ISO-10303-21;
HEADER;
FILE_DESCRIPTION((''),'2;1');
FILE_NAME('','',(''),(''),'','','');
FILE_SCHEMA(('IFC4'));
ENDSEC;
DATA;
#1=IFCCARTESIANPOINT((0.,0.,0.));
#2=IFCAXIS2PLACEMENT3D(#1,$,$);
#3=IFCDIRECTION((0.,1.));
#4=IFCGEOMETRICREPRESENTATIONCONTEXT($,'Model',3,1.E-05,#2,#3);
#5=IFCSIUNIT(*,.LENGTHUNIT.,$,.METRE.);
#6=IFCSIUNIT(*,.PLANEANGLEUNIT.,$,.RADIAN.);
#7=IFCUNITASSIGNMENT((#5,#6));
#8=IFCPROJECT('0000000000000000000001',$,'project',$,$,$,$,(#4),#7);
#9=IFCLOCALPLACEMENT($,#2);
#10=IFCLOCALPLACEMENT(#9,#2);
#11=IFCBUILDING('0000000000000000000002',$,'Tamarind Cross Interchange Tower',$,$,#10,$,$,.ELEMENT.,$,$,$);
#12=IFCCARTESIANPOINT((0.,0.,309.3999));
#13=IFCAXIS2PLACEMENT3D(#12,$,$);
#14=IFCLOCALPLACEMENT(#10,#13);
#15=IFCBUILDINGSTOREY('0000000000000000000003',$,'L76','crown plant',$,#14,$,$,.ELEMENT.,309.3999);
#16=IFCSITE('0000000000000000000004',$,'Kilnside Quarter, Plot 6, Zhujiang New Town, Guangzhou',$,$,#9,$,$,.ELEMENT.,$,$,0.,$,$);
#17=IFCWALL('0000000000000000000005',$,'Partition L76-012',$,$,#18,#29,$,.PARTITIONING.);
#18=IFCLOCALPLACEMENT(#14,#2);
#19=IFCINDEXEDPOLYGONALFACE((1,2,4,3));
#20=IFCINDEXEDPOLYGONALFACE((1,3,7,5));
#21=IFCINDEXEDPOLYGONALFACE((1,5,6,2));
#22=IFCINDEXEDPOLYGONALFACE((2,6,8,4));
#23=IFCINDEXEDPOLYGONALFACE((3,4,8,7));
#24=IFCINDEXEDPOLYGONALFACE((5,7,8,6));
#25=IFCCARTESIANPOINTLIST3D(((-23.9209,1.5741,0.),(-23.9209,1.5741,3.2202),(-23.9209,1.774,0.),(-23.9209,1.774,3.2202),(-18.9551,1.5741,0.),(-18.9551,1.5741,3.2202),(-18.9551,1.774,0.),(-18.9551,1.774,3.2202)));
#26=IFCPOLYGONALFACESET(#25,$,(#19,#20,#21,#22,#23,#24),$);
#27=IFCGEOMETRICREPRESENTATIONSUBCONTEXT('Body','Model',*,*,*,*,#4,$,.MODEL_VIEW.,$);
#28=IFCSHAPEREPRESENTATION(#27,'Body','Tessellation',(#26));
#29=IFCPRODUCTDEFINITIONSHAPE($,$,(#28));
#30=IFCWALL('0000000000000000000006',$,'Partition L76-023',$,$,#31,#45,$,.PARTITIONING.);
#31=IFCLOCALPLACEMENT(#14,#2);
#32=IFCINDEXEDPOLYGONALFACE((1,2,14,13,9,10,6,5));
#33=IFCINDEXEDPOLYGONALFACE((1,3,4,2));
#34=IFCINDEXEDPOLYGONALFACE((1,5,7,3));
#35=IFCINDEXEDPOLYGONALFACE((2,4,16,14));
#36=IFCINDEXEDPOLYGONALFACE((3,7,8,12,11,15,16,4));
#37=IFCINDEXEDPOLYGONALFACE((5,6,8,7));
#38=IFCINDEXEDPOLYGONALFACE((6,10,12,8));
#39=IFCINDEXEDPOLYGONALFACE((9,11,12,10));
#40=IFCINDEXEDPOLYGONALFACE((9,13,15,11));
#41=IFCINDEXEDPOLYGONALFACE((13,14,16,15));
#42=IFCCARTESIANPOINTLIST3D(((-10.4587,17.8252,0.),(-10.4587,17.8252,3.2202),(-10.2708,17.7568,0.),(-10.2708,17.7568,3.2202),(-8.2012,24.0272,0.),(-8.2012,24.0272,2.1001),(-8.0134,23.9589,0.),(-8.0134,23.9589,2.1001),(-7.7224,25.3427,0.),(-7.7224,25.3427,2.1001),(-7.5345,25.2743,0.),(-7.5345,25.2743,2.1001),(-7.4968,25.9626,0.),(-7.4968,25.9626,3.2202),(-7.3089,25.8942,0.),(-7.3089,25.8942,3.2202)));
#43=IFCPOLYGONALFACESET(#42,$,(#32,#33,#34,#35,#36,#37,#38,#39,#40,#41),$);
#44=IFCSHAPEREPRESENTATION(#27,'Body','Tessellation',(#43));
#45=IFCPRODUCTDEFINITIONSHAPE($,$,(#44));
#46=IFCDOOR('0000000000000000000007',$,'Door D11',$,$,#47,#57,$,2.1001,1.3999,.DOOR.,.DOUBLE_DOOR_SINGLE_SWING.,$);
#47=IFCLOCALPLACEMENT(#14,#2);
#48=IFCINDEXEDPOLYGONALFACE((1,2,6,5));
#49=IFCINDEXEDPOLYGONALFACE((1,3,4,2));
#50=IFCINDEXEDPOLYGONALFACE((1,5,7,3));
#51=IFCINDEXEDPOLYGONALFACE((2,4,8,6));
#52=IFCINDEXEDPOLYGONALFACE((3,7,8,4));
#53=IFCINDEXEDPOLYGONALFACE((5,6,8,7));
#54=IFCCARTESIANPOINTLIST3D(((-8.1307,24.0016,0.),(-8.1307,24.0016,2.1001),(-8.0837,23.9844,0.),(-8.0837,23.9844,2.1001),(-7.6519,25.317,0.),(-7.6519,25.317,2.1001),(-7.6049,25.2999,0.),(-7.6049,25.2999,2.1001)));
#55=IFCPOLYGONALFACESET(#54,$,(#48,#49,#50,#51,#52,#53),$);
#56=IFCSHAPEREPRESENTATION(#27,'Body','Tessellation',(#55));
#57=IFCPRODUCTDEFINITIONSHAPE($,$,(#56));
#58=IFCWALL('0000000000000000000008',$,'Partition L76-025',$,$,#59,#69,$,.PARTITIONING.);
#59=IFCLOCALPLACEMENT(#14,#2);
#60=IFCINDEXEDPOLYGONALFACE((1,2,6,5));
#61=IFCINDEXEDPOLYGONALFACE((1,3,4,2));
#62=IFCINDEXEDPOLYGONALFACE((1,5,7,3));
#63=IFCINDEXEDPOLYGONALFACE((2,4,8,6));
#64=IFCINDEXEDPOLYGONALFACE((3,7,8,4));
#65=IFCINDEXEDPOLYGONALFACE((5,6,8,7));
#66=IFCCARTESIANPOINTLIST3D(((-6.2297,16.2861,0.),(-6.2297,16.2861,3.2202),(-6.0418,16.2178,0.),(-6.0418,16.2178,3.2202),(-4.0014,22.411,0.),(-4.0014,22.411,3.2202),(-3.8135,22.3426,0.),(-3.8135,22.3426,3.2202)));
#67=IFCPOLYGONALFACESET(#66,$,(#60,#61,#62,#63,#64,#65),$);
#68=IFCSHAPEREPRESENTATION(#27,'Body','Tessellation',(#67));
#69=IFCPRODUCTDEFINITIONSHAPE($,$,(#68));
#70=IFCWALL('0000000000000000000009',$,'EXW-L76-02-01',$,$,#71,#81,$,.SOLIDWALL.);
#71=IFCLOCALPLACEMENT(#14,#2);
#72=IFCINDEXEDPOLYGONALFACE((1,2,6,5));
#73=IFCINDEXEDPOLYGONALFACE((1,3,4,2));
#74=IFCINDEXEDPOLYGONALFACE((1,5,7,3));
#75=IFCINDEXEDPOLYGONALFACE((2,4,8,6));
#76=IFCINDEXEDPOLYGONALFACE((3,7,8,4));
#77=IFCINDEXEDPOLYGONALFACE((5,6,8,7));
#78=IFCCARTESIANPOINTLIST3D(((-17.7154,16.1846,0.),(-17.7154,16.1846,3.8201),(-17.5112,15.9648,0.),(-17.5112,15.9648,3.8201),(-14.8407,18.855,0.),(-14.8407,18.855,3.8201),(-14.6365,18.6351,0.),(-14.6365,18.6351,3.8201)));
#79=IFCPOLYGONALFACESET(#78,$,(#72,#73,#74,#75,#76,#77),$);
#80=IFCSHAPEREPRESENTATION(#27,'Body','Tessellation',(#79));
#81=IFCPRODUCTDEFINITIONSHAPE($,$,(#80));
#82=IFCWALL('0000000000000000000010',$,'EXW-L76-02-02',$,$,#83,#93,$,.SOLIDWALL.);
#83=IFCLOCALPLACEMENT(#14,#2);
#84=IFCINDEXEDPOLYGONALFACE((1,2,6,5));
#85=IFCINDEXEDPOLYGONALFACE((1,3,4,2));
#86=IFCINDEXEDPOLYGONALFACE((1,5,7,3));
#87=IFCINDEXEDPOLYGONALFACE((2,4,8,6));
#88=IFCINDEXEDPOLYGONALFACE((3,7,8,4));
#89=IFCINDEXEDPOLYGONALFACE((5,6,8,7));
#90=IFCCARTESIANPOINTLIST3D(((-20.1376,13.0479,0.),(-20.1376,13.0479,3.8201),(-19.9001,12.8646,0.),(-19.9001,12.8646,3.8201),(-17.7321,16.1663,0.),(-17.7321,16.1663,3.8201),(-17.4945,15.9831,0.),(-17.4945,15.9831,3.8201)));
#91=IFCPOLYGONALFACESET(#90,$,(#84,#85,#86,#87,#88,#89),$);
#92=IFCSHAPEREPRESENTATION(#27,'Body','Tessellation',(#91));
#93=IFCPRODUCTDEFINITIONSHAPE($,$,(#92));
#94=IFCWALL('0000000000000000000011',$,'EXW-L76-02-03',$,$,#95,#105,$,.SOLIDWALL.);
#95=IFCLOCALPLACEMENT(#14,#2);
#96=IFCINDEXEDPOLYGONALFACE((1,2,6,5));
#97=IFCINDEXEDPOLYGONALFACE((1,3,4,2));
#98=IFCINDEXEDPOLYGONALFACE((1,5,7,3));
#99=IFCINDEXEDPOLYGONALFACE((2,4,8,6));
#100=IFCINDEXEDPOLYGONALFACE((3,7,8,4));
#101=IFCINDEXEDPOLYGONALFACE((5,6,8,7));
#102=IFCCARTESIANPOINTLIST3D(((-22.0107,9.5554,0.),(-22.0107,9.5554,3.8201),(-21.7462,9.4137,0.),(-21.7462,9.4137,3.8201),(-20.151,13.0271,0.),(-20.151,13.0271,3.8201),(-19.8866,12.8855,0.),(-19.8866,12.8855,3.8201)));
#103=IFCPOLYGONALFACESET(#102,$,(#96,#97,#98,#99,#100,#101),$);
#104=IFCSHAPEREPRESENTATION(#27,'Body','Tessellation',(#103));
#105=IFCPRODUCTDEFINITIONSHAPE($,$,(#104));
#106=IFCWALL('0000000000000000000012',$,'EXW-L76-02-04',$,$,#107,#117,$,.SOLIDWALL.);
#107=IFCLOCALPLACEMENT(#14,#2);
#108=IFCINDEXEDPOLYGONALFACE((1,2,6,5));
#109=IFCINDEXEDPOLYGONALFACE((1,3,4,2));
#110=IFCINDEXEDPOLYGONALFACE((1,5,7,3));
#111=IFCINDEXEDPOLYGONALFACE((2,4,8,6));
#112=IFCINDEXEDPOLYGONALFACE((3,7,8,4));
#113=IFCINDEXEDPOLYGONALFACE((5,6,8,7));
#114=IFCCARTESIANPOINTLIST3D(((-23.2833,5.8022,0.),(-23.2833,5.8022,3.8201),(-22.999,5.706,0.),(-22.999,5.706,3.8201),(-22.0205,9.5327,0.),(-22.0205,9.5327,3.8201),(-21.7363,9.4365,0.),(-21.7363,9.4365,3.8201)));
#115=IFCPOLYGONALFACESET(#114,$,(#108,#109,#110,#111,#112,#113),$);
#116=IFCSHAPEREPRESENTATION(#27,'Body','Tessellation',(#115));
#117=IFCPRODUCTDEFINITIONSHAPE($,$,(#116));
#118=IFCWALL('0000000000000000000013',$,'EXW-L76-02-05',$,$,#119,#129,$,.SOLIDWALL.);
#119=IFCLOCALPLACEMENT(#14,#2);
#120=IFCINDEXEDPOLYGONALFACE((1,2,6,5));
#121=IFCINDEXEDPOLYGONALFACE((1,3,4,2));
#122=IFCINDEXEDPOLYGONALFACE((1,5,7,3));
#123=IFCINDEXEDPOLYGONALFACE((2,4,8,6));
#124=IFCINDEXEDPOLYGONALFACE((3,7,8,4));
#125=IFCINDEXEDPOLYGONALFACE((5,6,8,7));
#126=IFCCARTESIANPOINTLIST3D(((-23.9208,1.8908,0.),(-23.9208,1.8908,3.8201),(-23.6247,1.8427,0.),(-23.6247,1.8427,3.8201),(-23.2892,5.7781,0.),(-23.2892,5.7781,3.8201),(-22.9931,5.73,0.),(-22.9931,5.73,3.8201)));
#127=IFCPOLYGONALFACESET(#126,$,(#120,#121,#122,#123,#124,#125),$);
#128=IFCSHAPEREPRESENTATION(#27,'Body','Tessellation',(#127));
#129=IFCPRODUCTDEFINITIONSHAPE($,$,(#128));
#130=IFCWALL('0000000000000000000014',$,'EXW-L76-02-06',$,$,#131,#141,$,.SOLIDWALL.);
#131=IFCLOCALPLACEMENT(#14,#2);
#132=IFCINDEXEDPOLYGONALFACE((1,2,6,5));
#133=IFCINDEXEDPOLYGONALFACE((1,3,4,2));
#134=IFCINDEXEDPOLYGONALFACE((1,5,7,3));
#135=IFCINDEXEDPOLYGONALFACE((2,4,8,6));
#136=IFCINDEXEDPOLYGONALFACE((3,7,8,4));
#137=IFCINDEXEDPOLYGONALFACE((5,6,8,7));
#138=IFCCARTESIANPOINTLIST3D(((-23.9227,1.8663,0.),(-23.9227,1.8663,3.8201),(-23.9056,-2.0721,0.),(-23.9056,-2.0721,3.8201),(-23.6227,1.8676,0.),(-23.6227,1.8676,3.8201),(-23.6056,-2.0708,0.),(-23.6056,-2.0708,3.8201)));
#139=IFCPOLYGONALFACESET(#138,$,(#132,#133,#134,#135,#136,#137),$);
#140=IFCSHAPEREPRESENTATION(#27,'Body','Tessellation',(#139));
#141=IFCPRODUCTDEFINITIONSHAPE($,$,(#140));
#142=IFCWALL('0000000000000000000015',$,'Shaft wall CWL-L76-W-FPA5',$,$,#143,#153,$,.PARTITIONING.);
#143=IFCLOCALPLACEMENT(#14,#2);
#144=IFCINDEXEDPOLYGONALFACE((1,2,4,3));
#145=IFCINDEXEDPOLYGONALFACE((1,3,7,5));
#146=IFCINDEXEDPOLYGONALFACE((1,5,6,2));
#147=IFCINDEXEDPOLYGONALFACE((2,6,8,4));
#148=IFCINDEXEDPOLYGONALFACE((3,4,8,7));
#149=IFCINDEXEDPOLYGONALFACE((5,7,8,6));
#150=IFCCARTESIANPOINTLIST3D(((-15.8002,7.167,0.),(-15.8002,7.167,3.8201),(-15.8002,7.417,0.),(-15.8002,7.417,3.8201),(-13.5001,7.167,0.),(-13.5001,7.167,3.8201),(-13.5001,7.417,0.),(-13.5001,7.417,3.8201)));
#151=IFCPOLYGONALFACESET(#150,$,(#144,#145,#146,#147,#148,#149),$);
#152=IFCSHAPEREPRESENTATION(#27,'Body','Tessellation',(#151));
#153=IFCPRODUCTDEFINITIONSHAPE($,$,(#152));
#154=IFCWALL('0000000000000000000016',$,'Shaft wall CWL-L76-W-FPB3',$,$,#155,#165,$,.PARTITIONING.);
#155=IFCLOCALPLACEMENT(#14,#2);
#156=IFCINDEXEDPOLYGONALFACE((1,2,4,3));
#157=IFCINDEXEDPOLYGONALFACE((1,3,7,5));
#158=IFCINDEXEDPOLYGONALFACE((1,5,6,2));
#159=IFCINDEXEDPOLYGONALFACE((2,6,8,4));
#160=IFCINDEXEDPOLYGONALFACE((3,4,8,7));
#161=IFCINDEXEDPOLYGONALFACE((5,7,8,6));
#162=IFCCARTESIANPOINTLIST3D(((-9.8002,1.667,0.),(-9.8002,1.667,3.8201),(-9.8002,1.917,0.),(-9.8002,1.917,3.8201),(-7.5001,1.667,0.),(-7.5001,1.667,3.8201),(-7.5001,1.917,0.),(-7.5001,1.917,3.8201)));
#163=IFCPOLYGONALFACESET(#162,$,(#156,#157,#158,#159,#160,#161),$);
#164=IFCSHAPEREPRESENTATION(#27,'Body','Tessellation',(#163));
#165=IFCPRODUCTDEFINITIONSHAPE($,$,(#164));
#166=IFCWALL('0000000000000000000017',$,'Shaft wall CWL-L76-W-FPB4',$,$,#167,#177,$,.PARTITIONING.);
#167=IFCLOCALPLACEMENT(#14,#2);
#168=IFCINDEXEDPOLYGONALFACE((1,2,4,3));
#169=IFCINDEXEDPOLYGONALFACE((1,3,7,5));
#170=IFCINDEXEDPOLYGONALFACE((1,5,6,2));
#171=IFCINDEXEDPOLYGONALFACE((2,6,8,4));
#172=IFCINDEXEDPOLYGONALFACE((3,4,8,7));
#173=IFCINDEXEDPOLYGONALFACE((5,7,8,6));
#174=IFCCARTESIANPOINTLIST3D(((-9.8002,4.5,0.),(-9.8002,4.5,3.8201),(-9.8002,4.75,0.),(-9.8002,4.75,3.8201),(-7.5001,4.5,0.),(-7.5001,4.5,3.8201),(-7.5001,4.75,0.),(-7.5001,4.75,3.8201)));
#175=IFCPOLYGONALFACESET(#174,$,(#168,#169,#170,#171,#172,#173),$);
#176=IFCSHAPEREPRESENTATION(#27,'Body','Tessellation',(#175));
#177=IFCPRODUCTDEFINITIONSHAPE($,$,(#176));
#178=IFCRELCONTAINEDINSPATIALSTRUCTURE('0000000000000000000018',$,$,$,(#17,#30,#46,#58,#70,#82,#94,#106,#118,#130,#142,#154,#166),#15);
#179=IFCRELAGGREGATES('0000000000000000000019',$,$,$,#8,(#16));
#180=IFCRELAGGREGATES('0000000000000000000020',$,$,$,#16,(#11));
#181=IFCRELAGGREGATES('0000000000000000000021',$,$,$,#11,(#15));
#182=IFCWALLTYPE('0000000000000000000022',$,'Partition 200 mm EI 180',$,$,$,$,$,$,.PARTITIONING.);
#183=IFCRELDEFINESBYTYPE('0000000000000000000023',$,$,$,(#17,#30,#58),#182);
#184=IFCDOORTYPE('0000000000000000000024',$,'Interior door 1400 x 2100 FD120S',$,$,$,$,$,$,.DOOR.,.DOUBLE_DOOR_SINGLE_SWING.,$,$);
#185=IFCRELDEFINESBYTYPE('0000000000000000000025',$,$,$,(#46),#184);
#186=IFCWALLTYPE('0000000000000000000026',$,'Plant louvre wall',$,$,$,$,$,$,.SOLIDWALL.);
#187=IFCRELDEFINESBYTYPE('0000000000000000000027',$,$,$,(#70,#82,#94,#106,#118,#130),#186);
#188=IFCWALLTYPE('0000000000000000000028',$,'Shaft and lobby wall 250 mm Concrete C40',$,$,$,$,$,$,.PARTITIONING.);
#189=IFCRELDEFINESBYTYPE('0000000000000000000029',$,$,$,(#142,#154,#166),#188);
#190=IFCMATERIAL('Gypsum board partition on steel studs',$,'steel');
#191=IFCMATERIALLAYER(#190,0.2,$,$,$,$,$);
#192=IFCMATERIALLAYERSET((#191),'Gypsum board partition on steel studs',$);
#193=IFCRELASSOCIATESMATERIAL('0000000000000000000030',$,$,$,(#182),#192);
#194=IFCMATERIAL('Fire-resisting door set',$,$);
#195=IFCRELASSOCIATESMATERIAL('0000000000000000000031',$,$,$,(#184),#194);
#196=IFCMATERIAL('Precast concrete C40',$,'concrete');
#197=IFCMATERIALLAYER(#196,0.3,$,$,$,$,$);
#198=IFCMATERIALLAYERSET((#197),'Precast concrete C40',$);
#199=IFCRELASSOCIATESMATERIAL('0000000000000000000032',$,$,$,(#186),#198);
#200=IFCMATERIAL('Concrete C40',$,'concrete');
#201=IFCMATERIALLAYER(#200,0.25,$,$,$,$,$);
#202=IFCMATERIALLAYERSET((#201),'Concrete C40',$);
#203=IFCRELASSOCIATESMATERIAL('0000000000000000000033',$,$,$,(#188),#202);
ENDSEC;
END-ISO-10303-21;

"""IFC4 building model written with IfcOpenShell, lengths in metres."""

from ifc_helpers import new_model, si_unit, direction, frame, frame_2d, origin, place, context, subcontext, project, spatial, rectangle, extrude, material, layer, layer_set, type_object, element, fill, save


model = new_model("IFC4")

# Units and contexts
model_context = context("Model", 3, precision=1e-05, world=origin(), true_north=direction((0.0, 1.0)))
body_context = subcontext(model_context, "Body", "Model", "MODEL_VIEW")
ifc_project = project(units=[si_unit("LENGTHUNIT", "METRE"), si_unit("PLANEANGLEUNIT", "RADIAN")], contexts=[model_context])

# Site, building, storey
site_placement = place(None, origin())
site = spatial("IfcSite", under=ifc_project, at=site_placement, Name="Kilnside Quarter, Plot 6, Zhujiang New Town, Guangzhou", CompositionType="ELEMENT", RefElevation=0.0)
building_placement = place(site_placement, origin())
building = spatial("IfcBuilding", under=site, at=building_placement, Name="Tamarind Cross Interchange Tower", CompositionType="ELEMENT")
storey_placement = place(building_placement, frame((0.0, 0.0, 309.3999)))
storey = spatial("IfcBuildingStorey", under=building, at=storey_placement, Name="L76", Description="crown plant", CompositionType="ELEMENT", Elevation=309.3999)

# Shared definitions
ifc_material_1 = material(Name="Gypsum board partition on steel studs", Category="steel")

# Shared definitions
ifc_material_2 = material(Name="Fire-resisting door set")

# Wall
ifc_layer_1 = layer(ifc_material_1, 0.2)
ifc_layer_set_1 = layer_set([ifc_layer_1], Name="Gypsum board partition on steel studs")
wall_type_1 = type_object("IfcWallType", Name="Partition 200 mm EI 180", PredefinedType="PARTITIONING", material=ifc_layer_set_1)
wall_1_placement = place(storey_placement, frame((-23.9209, 1.6741, 0.0), z_axis=(0.0, 0.0, 1.0), x_axis=(1.0, 0.0, 0.0)))
element("IfcWall", 1, at=wall_1_placement, inside=storey, type_object=wall_type_1, Name="Partition L76-012", PredefinedType="PARTITIONING", context=body_context, shape_type="SweptSolid", body=[
    extrude(rectangle(XDim=4.9658, YDim=0.2, at=frame_2d((2.4829, 0.0))), origin(), (0.0, 0.0, 1.0), 3.2202),
])

# Wall, opening, door
wall_2_placement = place(storey_placement, frame((-10.3647, 17.791, 0.0), z_axis=(0.0, 0.0, 1.0), x_axis=(0.342033, 0.939688, 0.0)))
wall_2 = element("IfcWall", 2, at=wall_2_placement, inside=storey, type_object=wall_type_1, Name="Partition L76-023", PredefinedType="PARTITIONING", context=body_context, shape_type="SweptSolid", body=[
    extrude(rectangle(XDim=8.6597, YDim=0.2, at=frame_2d((4.3298, 0.0))), origin(), (0.0, 0.0, 1.0), 3.2202),
])
opening_1_placement = place(wall_2_placement, frame((6.6001, 0.0, 0.0)))
opening_1 = element("IfcOpeningElement", 3, at=opening_1_placement, cuts=wall_2, PredefinedType="OPENING", context=body_context, shape_type="SweptSolid", body=[
    extrude(rectangle(XDim=1.3999, YDim=2.1001, at=frame_2d((0.7, 1.05))), frame((0.0, 0.1099, 0.0), z_axis=(0.0, -1.0, 0.0), x_axis=(1.0, 0.0, 0.0)), (0.0, 0.0, 1.0), 0.22),
])
door_type_1 = type_object("IfcDoorType", Name="Interior door 1400 x 2100 FD120S", OperationType="DOUBLE_DOOR_SINGLE_SWING", PredefinedType="DOOR", material=ifc_material_2)
door_1_placement = place(opening_1_placement, origin())
door_1 = element("IfcDoor", 4, at=door_1_placement, inside=storey, type_object=door_type_1, Name="Door D11", OperationType="DOUBLE_DOOR_SINGLE_SWING", OverallHeight=2.1001, OverallWidth=1.3999, PredefinedType="DOOR", context=body_context, shape_type="SweptSolid", body=[
    extrude(rectangle(XDim=1.3999, YDim=2.1001, at=frame_2d((0.7, 1.05))), frame((0.0, 0.0249, 0.0), z_axis=(0.0, -1.0, 0.0), x_axis=(1.0, 0.0, 0.0)), (0.0, 0.0, 1.0), 0.05),
])
fill(opening_1, door_1)

# Walls
wall_3_placement = place(storey_placement, frame((-6.1357, 16.252, 0.0), z_axis=(0.0, 0.0, 1.0), x_axis=(0.34189, 0.93974, 0.0)))
element("IfcWall", 5, at=wall_3_placement, inside=storey, type_object=wall_type_1, Name="Partition L76-025", PredefinedType="PARTITIONING", context=body_context, shape_type="SweptSolid", body=[
    extrude(rectangle(XDim=6.5176, YDim=0.2, at=frame_2d((3.2588, 0.0))), origin(), (0.0, 0.0, 1.0), 3.2202),
])
ifc_material_3 = material(Name="Precast concrete C40", Category="concrete")
ifc_layer_2 = layer(ifc_material_3, 0.3)
ifc_layer_set_2 = layer_set([ifc_layer_2], Name="Precast concrete C40")
wall_type_2 = type_object("IfcWallType", Name="Plant louvre wall", PredefinedType="SOLIDWALL", material=ifc_layer_set_2)
wall_4_placement = place(storey_placement, frame((-14.7385, 18.7451, 0.0), z_axis=(0.0, 0.0, 1.0), x_axis=(-0.732667, -0.680587, 0.0)))
element("IfcWall", 6, at=wall_4_placement, inside=storey, type_object=wall_type_2, Name="EXW-L76-02-01", PredefinedType="SOLIDWALL", context=body_context, shape_type="SweptSolid", body=[
    extrude(rectangle(XDim=3.9236, YDim=0.3, at=frame_2d((1.9619, 0.0))), origin(), (0.0, 0.0, 1.0), 3.8201),
])
for number, where, z_axis, x_axis, name in (
    (7, (-17.6133, 16.0747, 0.0), (0.0, 0.0, 1.0), (-0.610786, -0.791796, 0.0), "EXW-L76-02-02"),
    (8, (-20.0188, 12.9563, 0.0), (0.0, 0.0, 1.0), (-0.47218, -0.881502, 0.0), "EXW-L76-02-03"),
    (9, (-21.8784, 9.4846, 0.0), (0.0, 0.0, 1.0), (-0.320613, -0.94721, 0.0), "EXW-L76-02-04"),
):
    element("IfcWall", number, at=place(storey_placement, frame(where, z_axis=z_axis, x_axis=x_axis)), inside=storey, type_object=wall_type_2, Name=name, PredefinedType="SOLIDWALL", context=body_context, shape_type="SweptSolid", body=[
        extrude(rectangle(XDim=3.9385, YDim=0.3, at=frame_2d((1.9692, 0.0))), origin(), (0.0, 0.0, 1.0), 3.8201),
    ])
wall_5_placement = place(storey_placement, frame((-23.1411, 5.7542, 0.0), z_axis=(0.0, 0.0, 1.0), x_axis=(-0.160376, -0.987056, 0.0)))
element("IfcWall", 10, at=wall_5_placement, inside=storey, type_object=wall_type_2, Name="EXW-L76-02-05", PredefinedType="SOLIDWALL", context=body_context, shape_type="SweptSolid", body=[
    extrude(rectangle(XDim=3.9382, YDim=0.3, at=frame_2d((1.9692, 0.0))), origin(), (0.0, 0.0, 1.0), 3.8201),
])
wall_6_placement = place(storey_placement, frame((-23.7727, 1.8669, 0.0), z_axis=(0.0, 0.0, 1.0), x_axis=(0.004339, -0.999991, 0.0)))
element("IfcWall", 11, at=wall_6_placement, inside=storey, type_object=wall_type_2, Name="EXW-L76-02-06", PredefinedType="SOLIDWALL", context=body_context, shape_type="SweptSolid", body=[
    extrude(rectangle(XDim=3.9385, YDim=0.3, at=frame_2d((1.9692, 0.0))), origin(), (0.0, 0.0, 1.0), 3.8201),
])
ifc_material_4 = material(Name="Concrete C40", Category="concrete")
ifc_layer_3 = layer(ifc_material_4, 0.25)
ifc_layer_set_3 = layer_set([ifc_layer_3], Name="Concrete C40")
wall_type_3 = type_object("IfcWallType", Name="Shaft and lobby wall 250 mm Concrete C40", PredefinedType="PARTITIONING", material=ifc_layer_set_3)
for number, where, z_axis, x_axis, name in (
    (12, (-15.8, 7.292, 0.0), (0.0, 0.0, 1.0), (1.0, 0.0, 0.0), "Shaft wall CWL-L76-W-FPA5"),
    (13, (-9.8, 1.792, 0.0), (0.0, 0.0, 1.0), (1.0, 0.0, 0.0), "Shaft wall CWL-L76-W-FPB3"),
    (14, (-9.8, 4.625, 0.0), (0.0, 0.0, 1.0), (1.0, 0.0, 0.0), "Shaft wall CWL-L76-W-FPB4"),
):
    element("IfcWall", number, at=place(storey_placement, frame(where, z_axis=z_axis, x_axis=x_axis)), inside=storey, type_object=wall_type_3, Name=name, PredefinedType="PARTITIONING", context=body_context, shape_type="SweptSolid", body=[
        extrude(rectangle(XDim=2.3, YDim=0.25, at=frame_2d((1.1499, 0.0))), origin(), (0.0, 0.0, 1.0), 3.8201),
    ])

save(model, "model.ifc")
